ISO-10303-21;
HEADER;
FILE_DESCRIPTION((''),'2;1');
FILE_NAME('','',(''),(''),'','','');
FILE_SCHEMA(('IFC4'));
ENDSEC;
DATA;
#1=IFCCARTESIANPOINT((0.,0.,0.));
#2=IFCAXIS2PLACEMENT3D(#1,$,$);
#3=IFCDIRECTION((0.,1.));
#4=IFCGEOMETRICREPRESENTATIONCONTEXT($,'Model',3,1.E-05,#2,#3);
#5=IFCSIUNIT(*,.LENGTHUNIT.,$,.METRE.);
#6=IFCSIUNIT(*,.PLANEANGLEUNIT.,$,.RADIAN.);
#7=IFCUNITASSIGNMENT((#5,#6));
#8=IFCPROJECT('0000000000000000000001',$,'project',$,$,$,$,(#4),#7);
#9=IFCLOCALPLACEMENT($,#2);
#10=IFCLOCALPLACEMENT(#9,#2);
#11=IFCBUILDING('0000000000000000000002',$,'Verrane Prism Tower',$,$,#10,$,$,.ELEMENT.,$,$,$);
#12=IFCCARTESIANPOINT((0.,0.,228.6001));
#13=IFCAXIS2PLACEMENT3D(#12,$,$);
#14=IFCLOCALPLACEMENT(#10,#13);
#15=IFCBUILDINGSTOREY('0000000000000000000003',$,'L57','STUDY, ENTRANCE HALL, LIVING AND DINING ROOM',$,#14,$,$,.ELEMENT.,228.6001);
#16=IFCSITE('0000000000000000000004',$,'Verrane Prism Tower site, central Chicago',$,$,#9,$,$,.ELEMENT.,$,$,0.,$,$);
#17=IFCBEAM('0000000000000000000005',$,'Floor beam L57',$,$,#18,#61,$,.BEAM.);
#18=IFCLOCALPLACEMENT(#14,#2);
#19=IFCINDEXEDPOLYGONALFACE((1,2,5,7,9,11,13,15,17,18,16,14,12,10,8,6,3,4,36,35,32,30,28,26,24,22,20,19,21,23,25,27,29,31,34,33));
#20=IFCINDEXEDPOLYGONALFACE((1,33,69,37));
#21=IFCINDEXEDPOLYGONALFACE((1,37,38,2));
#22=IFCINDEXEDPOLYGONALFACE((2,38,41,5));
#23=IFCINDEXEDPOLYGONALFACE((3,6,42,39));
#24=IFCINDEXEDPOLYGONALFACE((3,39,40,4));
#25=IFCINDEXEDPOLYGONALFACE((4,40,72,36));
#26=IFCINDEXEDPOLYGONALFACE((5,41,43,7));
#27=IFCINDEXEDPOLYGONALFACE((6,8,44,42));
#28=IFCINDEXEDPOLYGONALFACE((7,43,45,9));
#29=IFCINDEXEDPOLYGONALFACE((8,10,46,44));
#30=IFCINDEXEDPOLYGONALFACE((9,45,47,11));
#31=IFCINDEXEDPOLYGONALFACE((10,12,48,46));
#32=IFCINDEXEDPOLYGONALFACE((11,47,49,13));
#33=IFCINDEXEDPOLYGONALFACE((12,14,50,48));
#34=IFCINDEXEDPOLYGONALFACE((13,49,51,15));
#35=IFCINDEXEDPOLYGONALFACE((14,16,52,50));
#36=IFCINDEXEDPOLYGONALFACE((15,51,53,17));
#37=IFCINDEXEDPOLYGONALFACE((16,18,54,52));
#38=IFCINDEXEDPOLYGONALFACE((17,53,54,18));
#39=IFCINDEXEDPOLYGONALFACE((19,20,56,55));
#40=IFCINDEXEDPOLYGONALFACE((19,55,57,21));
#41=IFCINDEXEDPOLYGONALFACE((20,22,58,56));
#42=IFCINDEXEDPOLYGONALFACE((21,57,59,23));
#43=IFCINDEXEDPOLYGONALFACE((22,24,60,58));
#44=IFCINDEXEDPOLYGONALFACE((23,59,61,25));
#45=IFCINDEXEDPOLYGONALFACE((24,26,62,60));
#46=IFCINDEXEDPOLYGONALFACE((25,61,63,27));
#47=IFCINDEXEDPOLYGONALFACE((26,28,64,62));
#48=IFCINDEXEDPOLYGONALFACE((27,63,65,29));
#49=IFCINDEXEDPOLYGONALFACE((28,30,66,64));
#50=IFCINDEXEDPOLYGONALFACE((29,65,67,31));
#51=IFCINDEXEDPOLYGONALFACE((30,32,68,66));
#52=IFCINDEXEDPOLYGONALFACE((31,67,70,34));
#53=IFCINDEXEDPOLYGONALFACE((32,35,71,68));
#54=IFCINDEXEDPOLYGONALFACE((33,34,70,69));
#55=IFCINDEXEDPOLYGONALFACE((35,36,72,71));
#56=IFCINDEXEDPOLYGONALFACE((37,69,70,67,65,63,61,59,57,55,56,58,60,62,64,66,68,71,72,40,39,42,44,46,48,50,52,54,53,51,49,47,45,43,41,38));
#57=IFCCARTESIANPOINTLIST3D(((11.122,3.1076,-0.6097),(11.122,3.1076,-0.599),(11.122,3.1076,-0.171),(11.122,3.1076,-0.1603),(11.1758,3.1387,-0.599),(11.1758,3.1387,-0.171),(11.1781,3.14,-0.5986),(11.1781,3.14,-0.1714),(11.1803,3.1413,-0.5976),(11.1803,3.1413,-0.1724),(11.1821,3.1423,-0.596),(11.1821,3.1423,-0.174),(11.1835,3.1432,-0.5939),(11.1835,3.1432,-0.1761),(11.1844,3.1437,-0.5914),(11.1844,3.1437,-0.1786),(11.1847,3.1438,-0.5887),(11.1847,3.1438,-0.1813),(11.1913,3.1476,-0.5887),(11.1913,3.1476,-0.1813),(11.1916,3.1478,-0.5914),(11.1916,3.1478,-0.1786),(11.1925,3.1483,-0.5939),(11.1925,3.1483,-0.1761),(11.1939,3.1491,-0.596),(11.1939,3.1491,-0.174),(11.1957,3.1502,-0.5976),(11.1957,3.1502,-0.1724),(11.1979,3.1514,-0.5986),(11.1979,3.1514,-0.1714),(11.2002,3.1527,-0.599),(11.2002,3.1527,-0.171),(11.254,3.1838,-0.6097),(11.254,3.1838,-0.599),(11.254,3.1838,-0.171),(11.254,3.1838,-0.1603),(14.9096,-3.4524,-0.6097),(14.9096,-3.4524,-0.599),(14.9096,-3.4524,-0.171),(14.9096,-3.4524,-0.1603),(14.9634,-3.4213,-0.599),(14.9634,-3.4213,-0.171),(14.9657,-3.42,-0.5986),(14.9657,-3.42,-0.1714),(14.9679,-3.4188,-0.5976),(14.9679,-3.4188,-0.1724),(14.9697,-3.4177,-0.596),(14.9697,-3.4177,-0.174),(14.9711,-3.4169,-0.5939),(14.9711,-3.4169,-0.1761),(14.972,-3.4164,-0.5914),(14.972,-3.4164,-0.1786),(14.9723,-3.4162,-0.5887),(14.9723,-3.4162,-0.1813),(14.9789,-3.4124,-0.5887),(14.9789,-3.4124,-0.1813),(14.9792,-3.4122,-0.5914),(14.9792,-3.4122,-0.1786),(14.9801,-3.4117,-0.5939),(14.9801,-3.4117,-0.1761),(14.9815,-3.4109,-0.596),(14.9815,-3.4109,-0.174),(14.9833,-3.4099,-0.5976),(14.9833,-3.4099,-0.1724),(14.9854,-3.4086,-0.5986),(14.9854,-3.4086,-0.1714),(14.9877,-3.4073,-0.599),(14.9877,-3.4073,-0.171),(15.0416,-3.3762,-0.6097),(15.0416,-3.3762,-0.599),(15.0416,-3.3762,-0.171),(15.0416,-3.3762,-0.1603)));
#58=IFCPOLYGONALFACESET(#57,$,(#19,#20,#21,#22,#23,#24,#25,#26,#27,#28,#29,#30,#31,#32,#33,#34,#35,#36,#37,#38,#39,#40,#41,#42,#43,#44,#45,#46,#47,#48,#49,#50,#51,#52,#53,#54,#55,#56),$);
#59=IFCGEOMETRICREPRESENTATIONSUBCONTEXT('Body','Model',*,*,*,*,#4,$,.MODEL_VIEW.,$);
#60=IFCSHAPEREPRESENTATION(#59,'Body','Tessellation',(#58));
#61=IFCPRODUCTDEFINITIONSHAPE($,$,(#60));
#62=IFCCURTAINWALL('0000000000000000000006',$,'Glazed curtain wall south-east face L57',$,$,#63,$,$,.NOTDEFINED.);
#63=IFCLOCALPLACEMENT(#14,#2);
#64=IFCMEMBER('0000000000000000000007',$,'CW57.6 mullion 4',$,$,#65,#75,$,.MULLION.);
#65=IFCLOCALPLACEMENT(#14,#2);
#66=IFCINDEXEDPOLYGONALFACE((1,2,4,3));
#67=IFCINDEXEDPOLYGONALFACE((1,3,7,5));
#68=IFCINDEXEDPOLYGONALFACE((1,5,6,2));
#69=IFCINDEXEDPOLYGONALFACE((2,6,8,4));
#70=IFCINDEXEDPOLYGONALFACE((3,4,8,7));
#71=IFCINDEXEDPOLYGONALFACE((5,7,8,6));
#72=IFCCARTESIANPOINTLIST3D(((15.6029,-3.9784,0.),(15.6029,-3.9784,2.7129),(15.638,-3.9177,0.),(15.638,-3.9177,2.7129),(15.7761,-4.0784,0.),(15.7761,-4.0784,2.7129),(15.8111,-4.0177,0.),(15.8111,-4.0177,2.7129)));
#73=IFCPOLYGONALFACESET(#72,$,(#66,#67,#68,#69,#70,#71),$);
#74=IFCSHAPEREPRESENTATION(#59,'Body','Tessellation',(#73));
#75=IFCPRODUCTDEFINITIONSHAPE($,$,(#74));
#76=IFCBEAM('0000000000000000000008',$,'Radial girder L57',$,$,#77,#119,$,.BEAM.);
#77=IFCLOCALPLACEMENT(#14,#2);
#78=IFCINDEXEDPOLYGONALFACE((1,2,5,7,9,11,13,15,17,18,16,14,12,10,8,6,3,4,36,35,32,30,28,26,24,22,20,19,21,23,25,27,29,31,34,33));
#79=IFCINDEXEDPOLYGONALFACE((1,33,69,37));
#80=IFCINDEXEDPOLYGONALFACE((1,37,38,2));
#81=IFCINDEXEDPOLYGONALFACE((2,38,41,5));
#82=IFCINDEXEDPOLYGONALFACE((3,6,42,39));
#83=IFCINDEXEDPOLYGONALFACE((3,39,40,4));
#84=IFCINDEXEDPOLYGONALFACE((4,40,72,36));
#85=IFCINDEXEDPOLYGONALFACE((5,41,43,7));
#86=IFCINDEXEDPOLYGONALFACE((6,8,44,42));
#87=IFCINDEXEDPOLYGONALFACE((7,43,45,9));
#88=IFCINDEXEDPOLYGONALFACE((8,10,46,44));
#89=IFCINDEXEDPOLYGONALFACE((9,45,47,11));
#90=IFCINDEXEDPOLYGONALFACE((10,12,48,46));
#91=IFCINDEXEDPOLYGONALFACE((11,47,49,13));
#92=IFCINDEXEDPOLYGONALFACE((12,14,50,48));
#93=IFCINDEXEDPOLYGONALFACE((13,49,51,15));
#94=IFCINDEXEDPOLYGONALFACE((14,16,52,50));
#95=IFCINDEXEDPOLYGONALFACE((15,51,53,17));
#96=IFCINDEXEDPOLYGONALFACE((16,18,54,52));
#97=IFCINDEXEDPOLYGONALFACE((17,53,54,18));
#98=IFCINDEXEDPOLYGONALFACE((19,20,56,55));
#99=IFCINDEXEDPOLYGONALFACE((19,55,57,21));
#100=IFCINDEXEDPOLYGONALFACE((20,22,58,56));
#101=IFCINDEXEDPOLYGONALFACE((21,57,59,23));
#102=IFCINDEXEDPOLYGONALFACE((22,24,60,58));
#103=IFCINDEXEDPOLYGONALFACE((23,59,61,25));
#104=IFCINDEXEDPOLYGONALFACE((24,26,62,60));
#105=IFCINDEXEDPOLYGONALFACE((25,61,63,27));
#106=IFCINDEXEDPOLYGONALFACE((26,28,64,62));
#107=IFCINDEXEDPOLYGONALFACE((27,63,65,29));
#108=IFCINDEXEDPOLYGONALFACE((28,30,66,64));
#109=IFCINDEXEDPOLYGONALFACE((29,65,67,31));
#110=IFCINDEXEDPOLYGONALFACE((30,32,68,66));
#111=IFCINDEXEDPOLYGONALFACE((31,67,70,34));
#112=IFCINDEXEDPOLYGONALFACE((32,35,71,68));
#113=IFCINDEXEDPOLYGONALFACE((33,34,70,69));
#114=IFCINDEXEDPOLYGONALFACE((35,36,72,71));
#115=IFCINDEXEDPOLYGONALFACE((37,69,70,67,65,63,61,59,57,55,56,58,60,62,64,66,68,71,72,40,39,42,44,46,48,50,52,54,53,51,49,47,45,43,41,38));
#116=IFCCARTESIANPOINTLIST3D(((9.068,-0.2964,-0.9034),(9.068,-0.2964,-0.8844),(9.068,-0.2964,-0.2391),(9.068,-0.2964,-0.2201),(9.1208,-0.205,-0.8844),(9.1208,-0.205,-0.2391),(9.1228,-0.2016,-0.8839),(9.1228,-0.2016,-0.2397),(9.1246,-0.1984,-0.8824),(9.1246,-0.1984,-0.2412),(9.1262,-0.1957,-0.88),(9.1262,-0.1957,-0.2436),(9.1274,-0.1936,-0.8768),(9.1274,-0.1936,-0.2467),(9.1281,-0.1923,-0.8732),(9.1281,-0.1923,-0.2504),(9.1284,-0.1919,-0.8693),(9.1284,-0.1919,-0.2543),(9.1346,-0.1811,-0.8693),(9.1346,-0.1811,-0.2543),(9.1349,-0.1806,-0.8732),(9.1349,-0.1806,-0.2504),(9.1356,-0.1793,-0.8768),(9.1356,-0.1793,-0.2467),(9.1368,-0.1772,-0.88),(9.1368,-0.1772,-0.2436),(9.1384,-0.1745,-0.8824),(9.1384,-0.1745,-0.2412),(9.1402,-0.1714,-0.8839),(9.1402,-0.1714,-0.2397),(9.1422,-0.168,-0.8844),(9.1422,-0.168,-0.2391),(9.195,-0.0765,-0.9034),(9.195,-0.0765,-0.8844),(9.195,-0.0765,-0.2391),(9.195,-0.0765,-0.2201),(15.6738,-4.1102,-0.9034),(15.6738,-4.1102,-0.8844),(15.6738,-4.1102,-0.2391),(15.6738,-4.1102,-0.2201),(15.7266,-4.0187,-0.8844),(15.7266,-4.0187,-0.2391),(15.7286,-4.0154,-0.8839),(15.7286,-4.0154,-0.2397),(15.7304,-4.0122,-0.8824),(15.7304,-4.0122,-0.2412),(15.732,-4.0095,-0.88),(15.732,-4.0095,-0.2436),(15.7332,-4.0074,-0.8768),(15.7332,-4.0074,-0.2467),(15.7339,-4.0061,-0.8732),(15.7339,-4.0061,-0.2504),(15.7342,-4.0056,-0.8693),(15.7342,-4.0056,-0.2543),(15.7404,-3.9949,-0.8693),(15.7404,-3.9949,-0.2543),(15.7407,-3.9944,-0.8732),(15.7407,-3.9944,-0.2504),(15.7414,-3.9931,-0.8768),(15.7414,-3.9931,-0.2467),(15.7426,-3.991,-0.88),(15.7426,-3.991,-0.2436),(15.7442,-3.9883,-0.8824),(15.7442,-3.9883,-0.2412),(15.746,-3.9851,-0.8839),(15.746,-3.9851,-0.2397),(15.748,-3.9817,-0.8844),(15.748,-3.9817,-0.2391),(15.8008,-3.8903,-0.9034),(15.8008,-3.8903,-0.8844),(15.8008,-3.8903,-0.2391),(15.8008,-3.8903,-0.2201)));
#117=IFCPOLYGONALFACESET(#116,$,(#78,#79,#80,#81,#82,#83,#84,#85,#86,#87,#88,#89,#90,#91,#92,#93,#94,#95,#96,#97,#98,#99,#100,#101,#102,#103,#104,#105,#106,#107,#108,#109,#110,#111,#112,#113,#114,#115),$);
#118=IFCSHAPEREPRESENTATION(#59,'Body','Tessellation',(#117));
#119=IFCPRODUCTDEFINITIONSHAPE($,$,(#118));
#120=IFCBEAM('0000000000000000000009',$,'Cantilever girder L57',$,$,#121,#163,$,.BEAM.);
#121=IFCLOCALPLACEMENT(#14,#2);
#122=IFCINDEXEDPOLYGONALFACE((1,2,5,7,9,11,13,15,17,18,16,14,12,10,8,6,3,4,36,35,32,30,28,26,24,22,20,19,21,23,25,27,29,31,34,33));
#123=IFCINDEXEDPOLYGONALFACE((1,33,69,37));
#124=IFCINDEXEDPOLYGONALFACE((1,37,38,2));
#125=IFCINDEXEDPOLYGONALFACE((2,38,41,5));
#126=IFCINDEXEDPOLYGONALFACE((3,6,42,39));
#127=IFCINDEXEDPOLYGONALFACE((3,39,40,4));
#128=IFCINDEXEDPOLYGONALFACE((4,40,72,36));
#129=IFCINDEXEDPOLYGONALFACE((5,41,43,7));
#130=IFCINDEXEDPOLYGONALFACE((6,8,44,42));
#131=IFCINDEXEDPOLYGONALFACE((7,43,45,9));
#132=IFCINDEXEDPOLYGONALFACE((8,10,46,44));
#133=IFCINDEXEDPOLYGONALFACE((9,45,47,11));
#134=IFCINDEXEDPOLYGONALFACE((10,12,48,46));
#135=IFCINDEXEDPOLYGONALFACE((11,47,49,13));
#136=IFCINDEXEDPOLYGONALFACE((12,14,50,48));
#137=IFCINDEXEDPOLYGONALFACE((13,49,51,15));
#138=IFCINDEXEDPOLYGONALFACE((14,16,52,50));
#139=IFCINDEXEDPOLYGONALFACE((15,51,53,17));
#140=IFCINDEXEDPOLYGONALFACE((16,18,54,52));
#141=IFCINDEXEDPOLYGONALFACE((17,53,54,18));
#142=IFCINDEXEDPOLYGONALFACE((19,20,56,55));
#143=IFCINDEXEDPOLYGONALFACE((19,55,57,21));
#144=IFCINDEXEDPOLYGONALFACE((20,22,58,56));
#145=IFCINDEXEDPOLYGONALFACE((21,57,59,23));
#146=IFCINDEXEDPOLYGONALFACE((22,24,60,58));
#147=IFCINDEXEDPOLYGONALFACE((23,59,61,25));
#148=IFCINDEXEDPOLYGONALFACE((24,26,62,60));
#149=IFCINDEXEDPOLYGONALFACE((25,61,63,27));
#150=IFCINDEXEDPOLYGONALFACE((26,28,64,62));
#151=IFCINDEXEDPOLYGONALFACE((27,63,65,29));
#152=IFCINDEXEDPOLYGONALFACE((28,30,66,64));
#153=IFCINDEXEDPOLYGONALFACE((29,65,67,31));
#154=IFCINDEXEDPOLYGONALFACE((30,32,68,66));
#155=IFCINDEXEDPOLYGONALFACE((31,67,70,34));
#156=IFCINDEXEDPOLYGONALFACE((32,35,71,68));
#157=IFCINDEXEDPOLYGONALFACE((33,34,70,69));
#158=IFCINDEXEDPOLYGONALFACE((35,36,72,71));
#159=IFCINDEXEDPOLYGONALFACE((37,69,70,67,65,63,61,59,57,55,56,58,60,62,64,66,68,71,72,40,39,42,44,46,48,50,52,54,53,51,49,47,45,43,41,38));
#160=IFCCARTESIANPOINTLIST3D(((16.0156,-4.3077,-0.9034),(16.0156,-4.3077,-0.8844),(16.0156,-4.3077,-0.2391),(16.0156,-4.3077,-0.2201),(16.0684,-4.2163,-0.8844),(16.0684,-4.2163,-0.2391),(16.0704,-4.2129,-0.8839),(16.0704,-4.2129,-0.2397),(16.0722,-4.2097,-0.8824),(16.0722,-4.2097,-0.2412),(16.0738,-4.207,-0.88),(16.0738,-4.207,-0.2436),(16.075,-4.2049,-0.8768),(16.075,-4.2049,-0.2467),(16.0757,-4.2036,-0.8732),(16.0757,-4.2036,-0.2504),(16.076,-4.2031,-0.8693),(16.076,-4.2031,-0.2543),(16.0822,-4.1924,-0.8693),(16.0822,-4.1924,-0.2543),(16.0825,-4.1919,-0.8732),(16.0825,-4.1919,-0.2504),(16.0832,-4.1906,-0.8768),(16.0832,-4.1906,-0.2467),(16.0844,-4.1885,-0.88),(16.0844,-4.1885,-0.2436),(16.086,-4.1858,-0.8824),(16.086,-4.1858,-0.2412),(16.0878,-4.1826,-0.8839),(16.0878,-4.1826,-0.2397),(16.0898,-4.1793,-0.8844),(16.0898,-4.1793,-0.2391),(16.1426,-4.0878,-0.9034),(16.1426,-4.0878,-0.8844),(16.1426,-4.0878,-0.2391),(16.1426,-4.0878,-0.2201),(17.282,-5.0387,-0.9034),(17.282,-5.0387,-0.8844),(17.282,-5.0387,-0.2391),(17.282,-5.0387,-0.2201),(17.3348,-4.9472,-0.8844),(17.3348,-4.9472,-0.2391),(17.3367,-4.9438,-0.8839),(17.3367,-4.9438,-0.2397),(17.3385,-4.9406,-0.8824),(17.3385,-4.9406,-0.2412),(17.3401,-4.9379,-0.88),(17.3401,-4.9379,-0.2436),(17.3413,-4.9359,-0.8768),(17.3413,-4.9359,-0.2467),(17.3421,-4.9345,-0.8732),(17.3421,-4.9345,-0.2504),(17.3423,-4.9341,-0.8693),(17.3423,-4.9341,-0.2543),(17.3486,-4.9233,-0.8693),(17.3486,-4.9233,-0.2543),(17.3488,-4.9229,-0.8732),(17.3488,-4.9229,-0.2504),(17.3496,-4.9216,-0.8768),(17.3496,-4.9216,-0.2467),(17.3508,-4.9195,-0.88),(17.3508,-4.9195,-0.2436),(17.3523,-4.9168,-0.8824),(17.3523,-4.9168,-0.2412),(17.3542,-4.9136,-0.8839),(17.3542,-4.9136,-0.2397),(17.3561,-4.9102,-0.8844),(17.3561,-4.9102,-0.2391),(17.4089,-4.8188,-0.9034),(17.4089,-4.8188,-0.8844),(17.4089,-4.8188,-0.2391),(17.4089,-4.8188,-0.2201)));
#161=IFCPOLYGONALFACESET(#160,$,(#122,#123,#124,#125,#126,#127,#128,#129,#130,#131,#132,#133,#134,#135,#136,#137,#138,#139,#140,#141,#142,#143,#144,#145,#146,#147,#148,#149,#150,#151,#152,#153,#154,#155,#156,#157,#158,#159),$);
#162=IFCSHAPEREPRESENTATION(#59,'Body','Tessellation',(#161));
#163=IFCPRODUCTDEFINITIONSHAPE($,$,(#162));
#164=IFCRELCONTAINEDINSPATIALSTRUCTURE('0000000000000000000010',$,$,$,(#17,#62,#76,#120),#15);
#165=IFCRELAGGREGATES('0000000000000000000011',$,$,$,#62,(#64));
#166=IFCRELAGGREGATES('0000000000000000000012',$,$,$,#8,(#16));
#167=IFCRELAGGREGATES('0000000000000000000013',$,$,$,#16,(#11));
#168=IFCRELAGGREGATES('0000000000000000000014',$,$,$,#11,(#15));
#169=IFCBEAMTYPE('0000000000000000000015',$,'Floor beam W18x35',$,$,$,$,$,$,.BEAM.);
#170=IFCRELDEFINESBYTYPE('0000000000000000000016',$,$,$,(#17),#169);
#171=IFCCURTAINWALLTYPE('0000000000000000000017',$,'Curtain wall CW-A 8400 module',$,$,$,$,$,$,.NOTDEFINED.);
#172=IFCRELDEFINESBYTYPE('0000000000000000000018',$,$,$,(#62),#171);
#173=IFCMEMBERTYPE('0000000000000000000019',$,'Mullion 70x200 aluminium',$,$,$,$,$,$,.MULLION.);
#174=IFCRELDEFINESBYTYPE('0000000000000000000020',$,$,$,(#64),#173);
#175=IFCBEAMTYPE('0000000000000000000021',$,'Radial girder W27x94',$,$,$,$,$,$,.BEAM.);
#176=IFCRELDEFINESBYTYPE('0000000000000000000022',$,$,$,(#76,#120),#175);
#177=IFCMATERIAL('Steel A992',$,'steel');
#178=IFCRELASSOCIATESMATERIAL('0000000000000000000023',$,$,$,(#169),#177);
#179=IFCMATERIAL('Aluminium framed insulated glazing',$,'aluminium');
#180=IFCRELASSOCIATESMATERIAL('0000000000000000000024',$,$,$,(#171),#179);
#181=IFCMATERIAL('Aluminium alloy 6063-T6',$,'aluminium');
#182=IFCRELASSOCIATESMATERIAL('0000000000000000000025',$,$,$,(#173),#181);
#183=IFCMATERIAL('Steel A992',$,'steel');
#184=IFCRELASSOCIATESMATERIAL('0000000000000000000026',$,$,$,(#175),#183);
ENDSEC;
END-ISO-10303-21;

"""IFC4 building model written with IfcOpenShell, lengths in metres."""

from ifc_helpers import new_model, si_unit, direction, frame, origin, origin_2d, place, context, subcontext, project, spatial, rectangle, i_section, extrude, material, material_profile, profile_set, type_object, element, aggregate, save


model = new_model("IFC4")

# Units and contexts
model_context = context("Model", 3, precision=1e-05, world=origin(), true_north=direction((0.0, 1.0)))
body_context = subcontext(model_context, "Body", "Model", "MODEL_VIEW")
ifc_project = project(units=[si_unit("LENGTHUNIT", "METRE"), si_unit("PLANEANGLEUNIT", "RADIAN")], contexts=[model_context])

# Site, building, storey
site_placement = place(None, origin())
site = spatial("IfcSite", under=ifc_project, at=site_placement, Name="Verrane Prism Tower site, central Chicago", CompositionType="ELEMENT", RefElevation=0.0)
building_placement = place(site_placement, origin())
building = spatial("IfcBuilding", under=site, at=building_placement, Name="Verrane Prism Tower", CompositionType="ELEMENT")
storey_placement = place(building_placement, frame((0.0, 0.0, 228.6001)))
storey = spatial("IfcBuildingStorey", under=building, at=storey_placement, Name="L57", Description="STUDY, ENTRANCE HALL, LIVING AND DINING ROOM", CompositionType="ELEMENT", Elevation=228.6001)

# Beam
ifc_material_1 = material(Name="Steel A992", Category="steel")
ifc_material_profile_1 = material_profile(ifc_material_1, i_section(OverallWidth=0.1523, OverallDepth=0.4495, WebThickness=0.0076, FlangeThickness=0.0107, FilletRadius=0.0103, at=origin_2d()), Name="W18x35")
ifc_profile_set_1 = profile_set([ifc_material_profile_1], Name="Steel A992")
beam_type_1 = type_object("IfcBeamType", Name="Floor beam W18x35", PredefinedType="BEAM", material=ifc_profile_set_1)
beam_1_placement = place(storey_placement, frame((14.9756, -3.4143, -0.385), z_axis=(-0.500014, 0.866017, 0.0), x_axis=(-0.866017, -0.500014, 0.0)))
element("IfcBeam", 1, at=beam_1_placement, inside=storey, type_object=beam_type_1, Name="Floor beam L57", PredefinedType="BEAM", context=body_context, shape_type="SweptSolid", body=[
    extrude(i_section(OverallWidth=0.1523, OverallDepth=0.4495, WebThickness=0.0076, FlangeThickness=0.0107, FilletRadius=0.0103, at=origin_2d()), origin(), (0.0, 0.0, 1.0), 7.575),
])

# Curtain wall, member
ifc_material_2 = material(Name="Aluminium framed insulated glazing", Category="aluminium")
curtain_wall_type = type_object("IfcCurtainWallType", Name="Curtain wall CW-A 8400 module", PredefinedType="NOTDEFINED", material=ifc_material_2)
curtain_wall_placement = place(storey_placement, origin())
curtain_wall = element("IfcCurtainWall", 2, at=curtain_wall_placement, inside=storey, type_object=curtain_wall_type, Name="Glazed curtain wall south-east face L57", PredefinedType="NOTDEFINED")
ifc_material_3 = material(Name="Aluminium alloy 6063-T6", Category="aluminium")
ifc_material_profile_2 = material_profile(ifc_material_3, rectangle(XDim=0.2, YDim=0.0701, at=origin_2d()), Name="Mullion 70x200 aluminium")
ifc_profile_set_2 = profile_set([ifc_material_profile_2], Name="Aluminium alloy 6063-T6")
member_type_1 = type_object("IfcMemberType", Name="Mullion 70x200 aluminium", PredefinedType="MULLION", material=ifc_profile_set_2)
member_1_placement = place(storey_placement, frame((15.707, -3.998, 0.0), z_axis=(0.0, 0.0, 1.0), x_axis=(-0.866025, 0.500001, 0.0)))
member_1 = element("IfcMember", 3, at=member_1_placement, type_object=member_type_1, Name="CW57.6 mullion 4", PredefinedType="MULLION", context=body_context, shape_type="SweptSolid", body=[
    extrude(rectangle(XDim=0.2, YDim=0.0701, at=origin_2d()), origin(), (0.0, 0.0, 1.0), 2.7129),
])

# Beams
ifc_material_4 = material(Name="Steel A992", Category="steel")
ifc_material_profile_3 = material_profile(ifc_material_4, i_section(OverallWidth=0.2539, OverallDepth=0.6833, WebThickness=0.0125, FlangeThickness=0.019, FilletRadius=0.0151, at=origin_2d()), Name="W27x94")
ifc_profile_set_3 = profile_set([ifc_material_profile_3], Name="Steel A992")
beam_type_2 = type_object("IfcBeamType", Name="Radial girder W27x94", PredefinedType="BEAM", material=ifc_profile_set_3)
beam_2_placement = place(storey_placement, frame((15.7373, -4.0002, -0.5618), z_axis=(-0.86603, 0.499991, 0.0), x_axis=(-0.499991, -0.86603, 0.0)))
element("IfcBeam", 4, at=beam_2_placement, inside=storey, type_object=beam_type_2, Name="Radial girder L57", PredefinedType="BEAM", context=body_context, shape_type="SweptSolid", body=[
    extrude(i_section(OverallWidth=0.2539, OverallDepth=0.6833, WebThickness=0.0125, FlangeThickness=0.019, FilletRadius=0.0151, at=origin_2d()), origin(), (0.0, 0.0, 1.0), 7.6277),
])
beam_3_placement = place(storey_placement, frame((16.0791, -4.1978, -0.5618), z_axis=(0.866077, -0.49991, 0.0), x_axis=(0.49991, 0.866077, 0.0)))
element("IfcBeam", 5, at=beam_3_placement, inside=storey, type_object=beam_type_2, Name="Cantilever girder L57", PredefinedType="BEAM", context=body_context, shape_type="SweptSolid", body=[
    extrude(i_section(OverallWidth=0.2539, OverallDepth=0.6833, WebThickness=0.0125, FlangeThickness=0.019, FilletRadius=0.0151, at=origin_2d()), origin(), (0.0, 0.0, 1.0), 1.4622),
])

aggregate(curtain_wall, [member_1])

save(model, "model.ifc")
